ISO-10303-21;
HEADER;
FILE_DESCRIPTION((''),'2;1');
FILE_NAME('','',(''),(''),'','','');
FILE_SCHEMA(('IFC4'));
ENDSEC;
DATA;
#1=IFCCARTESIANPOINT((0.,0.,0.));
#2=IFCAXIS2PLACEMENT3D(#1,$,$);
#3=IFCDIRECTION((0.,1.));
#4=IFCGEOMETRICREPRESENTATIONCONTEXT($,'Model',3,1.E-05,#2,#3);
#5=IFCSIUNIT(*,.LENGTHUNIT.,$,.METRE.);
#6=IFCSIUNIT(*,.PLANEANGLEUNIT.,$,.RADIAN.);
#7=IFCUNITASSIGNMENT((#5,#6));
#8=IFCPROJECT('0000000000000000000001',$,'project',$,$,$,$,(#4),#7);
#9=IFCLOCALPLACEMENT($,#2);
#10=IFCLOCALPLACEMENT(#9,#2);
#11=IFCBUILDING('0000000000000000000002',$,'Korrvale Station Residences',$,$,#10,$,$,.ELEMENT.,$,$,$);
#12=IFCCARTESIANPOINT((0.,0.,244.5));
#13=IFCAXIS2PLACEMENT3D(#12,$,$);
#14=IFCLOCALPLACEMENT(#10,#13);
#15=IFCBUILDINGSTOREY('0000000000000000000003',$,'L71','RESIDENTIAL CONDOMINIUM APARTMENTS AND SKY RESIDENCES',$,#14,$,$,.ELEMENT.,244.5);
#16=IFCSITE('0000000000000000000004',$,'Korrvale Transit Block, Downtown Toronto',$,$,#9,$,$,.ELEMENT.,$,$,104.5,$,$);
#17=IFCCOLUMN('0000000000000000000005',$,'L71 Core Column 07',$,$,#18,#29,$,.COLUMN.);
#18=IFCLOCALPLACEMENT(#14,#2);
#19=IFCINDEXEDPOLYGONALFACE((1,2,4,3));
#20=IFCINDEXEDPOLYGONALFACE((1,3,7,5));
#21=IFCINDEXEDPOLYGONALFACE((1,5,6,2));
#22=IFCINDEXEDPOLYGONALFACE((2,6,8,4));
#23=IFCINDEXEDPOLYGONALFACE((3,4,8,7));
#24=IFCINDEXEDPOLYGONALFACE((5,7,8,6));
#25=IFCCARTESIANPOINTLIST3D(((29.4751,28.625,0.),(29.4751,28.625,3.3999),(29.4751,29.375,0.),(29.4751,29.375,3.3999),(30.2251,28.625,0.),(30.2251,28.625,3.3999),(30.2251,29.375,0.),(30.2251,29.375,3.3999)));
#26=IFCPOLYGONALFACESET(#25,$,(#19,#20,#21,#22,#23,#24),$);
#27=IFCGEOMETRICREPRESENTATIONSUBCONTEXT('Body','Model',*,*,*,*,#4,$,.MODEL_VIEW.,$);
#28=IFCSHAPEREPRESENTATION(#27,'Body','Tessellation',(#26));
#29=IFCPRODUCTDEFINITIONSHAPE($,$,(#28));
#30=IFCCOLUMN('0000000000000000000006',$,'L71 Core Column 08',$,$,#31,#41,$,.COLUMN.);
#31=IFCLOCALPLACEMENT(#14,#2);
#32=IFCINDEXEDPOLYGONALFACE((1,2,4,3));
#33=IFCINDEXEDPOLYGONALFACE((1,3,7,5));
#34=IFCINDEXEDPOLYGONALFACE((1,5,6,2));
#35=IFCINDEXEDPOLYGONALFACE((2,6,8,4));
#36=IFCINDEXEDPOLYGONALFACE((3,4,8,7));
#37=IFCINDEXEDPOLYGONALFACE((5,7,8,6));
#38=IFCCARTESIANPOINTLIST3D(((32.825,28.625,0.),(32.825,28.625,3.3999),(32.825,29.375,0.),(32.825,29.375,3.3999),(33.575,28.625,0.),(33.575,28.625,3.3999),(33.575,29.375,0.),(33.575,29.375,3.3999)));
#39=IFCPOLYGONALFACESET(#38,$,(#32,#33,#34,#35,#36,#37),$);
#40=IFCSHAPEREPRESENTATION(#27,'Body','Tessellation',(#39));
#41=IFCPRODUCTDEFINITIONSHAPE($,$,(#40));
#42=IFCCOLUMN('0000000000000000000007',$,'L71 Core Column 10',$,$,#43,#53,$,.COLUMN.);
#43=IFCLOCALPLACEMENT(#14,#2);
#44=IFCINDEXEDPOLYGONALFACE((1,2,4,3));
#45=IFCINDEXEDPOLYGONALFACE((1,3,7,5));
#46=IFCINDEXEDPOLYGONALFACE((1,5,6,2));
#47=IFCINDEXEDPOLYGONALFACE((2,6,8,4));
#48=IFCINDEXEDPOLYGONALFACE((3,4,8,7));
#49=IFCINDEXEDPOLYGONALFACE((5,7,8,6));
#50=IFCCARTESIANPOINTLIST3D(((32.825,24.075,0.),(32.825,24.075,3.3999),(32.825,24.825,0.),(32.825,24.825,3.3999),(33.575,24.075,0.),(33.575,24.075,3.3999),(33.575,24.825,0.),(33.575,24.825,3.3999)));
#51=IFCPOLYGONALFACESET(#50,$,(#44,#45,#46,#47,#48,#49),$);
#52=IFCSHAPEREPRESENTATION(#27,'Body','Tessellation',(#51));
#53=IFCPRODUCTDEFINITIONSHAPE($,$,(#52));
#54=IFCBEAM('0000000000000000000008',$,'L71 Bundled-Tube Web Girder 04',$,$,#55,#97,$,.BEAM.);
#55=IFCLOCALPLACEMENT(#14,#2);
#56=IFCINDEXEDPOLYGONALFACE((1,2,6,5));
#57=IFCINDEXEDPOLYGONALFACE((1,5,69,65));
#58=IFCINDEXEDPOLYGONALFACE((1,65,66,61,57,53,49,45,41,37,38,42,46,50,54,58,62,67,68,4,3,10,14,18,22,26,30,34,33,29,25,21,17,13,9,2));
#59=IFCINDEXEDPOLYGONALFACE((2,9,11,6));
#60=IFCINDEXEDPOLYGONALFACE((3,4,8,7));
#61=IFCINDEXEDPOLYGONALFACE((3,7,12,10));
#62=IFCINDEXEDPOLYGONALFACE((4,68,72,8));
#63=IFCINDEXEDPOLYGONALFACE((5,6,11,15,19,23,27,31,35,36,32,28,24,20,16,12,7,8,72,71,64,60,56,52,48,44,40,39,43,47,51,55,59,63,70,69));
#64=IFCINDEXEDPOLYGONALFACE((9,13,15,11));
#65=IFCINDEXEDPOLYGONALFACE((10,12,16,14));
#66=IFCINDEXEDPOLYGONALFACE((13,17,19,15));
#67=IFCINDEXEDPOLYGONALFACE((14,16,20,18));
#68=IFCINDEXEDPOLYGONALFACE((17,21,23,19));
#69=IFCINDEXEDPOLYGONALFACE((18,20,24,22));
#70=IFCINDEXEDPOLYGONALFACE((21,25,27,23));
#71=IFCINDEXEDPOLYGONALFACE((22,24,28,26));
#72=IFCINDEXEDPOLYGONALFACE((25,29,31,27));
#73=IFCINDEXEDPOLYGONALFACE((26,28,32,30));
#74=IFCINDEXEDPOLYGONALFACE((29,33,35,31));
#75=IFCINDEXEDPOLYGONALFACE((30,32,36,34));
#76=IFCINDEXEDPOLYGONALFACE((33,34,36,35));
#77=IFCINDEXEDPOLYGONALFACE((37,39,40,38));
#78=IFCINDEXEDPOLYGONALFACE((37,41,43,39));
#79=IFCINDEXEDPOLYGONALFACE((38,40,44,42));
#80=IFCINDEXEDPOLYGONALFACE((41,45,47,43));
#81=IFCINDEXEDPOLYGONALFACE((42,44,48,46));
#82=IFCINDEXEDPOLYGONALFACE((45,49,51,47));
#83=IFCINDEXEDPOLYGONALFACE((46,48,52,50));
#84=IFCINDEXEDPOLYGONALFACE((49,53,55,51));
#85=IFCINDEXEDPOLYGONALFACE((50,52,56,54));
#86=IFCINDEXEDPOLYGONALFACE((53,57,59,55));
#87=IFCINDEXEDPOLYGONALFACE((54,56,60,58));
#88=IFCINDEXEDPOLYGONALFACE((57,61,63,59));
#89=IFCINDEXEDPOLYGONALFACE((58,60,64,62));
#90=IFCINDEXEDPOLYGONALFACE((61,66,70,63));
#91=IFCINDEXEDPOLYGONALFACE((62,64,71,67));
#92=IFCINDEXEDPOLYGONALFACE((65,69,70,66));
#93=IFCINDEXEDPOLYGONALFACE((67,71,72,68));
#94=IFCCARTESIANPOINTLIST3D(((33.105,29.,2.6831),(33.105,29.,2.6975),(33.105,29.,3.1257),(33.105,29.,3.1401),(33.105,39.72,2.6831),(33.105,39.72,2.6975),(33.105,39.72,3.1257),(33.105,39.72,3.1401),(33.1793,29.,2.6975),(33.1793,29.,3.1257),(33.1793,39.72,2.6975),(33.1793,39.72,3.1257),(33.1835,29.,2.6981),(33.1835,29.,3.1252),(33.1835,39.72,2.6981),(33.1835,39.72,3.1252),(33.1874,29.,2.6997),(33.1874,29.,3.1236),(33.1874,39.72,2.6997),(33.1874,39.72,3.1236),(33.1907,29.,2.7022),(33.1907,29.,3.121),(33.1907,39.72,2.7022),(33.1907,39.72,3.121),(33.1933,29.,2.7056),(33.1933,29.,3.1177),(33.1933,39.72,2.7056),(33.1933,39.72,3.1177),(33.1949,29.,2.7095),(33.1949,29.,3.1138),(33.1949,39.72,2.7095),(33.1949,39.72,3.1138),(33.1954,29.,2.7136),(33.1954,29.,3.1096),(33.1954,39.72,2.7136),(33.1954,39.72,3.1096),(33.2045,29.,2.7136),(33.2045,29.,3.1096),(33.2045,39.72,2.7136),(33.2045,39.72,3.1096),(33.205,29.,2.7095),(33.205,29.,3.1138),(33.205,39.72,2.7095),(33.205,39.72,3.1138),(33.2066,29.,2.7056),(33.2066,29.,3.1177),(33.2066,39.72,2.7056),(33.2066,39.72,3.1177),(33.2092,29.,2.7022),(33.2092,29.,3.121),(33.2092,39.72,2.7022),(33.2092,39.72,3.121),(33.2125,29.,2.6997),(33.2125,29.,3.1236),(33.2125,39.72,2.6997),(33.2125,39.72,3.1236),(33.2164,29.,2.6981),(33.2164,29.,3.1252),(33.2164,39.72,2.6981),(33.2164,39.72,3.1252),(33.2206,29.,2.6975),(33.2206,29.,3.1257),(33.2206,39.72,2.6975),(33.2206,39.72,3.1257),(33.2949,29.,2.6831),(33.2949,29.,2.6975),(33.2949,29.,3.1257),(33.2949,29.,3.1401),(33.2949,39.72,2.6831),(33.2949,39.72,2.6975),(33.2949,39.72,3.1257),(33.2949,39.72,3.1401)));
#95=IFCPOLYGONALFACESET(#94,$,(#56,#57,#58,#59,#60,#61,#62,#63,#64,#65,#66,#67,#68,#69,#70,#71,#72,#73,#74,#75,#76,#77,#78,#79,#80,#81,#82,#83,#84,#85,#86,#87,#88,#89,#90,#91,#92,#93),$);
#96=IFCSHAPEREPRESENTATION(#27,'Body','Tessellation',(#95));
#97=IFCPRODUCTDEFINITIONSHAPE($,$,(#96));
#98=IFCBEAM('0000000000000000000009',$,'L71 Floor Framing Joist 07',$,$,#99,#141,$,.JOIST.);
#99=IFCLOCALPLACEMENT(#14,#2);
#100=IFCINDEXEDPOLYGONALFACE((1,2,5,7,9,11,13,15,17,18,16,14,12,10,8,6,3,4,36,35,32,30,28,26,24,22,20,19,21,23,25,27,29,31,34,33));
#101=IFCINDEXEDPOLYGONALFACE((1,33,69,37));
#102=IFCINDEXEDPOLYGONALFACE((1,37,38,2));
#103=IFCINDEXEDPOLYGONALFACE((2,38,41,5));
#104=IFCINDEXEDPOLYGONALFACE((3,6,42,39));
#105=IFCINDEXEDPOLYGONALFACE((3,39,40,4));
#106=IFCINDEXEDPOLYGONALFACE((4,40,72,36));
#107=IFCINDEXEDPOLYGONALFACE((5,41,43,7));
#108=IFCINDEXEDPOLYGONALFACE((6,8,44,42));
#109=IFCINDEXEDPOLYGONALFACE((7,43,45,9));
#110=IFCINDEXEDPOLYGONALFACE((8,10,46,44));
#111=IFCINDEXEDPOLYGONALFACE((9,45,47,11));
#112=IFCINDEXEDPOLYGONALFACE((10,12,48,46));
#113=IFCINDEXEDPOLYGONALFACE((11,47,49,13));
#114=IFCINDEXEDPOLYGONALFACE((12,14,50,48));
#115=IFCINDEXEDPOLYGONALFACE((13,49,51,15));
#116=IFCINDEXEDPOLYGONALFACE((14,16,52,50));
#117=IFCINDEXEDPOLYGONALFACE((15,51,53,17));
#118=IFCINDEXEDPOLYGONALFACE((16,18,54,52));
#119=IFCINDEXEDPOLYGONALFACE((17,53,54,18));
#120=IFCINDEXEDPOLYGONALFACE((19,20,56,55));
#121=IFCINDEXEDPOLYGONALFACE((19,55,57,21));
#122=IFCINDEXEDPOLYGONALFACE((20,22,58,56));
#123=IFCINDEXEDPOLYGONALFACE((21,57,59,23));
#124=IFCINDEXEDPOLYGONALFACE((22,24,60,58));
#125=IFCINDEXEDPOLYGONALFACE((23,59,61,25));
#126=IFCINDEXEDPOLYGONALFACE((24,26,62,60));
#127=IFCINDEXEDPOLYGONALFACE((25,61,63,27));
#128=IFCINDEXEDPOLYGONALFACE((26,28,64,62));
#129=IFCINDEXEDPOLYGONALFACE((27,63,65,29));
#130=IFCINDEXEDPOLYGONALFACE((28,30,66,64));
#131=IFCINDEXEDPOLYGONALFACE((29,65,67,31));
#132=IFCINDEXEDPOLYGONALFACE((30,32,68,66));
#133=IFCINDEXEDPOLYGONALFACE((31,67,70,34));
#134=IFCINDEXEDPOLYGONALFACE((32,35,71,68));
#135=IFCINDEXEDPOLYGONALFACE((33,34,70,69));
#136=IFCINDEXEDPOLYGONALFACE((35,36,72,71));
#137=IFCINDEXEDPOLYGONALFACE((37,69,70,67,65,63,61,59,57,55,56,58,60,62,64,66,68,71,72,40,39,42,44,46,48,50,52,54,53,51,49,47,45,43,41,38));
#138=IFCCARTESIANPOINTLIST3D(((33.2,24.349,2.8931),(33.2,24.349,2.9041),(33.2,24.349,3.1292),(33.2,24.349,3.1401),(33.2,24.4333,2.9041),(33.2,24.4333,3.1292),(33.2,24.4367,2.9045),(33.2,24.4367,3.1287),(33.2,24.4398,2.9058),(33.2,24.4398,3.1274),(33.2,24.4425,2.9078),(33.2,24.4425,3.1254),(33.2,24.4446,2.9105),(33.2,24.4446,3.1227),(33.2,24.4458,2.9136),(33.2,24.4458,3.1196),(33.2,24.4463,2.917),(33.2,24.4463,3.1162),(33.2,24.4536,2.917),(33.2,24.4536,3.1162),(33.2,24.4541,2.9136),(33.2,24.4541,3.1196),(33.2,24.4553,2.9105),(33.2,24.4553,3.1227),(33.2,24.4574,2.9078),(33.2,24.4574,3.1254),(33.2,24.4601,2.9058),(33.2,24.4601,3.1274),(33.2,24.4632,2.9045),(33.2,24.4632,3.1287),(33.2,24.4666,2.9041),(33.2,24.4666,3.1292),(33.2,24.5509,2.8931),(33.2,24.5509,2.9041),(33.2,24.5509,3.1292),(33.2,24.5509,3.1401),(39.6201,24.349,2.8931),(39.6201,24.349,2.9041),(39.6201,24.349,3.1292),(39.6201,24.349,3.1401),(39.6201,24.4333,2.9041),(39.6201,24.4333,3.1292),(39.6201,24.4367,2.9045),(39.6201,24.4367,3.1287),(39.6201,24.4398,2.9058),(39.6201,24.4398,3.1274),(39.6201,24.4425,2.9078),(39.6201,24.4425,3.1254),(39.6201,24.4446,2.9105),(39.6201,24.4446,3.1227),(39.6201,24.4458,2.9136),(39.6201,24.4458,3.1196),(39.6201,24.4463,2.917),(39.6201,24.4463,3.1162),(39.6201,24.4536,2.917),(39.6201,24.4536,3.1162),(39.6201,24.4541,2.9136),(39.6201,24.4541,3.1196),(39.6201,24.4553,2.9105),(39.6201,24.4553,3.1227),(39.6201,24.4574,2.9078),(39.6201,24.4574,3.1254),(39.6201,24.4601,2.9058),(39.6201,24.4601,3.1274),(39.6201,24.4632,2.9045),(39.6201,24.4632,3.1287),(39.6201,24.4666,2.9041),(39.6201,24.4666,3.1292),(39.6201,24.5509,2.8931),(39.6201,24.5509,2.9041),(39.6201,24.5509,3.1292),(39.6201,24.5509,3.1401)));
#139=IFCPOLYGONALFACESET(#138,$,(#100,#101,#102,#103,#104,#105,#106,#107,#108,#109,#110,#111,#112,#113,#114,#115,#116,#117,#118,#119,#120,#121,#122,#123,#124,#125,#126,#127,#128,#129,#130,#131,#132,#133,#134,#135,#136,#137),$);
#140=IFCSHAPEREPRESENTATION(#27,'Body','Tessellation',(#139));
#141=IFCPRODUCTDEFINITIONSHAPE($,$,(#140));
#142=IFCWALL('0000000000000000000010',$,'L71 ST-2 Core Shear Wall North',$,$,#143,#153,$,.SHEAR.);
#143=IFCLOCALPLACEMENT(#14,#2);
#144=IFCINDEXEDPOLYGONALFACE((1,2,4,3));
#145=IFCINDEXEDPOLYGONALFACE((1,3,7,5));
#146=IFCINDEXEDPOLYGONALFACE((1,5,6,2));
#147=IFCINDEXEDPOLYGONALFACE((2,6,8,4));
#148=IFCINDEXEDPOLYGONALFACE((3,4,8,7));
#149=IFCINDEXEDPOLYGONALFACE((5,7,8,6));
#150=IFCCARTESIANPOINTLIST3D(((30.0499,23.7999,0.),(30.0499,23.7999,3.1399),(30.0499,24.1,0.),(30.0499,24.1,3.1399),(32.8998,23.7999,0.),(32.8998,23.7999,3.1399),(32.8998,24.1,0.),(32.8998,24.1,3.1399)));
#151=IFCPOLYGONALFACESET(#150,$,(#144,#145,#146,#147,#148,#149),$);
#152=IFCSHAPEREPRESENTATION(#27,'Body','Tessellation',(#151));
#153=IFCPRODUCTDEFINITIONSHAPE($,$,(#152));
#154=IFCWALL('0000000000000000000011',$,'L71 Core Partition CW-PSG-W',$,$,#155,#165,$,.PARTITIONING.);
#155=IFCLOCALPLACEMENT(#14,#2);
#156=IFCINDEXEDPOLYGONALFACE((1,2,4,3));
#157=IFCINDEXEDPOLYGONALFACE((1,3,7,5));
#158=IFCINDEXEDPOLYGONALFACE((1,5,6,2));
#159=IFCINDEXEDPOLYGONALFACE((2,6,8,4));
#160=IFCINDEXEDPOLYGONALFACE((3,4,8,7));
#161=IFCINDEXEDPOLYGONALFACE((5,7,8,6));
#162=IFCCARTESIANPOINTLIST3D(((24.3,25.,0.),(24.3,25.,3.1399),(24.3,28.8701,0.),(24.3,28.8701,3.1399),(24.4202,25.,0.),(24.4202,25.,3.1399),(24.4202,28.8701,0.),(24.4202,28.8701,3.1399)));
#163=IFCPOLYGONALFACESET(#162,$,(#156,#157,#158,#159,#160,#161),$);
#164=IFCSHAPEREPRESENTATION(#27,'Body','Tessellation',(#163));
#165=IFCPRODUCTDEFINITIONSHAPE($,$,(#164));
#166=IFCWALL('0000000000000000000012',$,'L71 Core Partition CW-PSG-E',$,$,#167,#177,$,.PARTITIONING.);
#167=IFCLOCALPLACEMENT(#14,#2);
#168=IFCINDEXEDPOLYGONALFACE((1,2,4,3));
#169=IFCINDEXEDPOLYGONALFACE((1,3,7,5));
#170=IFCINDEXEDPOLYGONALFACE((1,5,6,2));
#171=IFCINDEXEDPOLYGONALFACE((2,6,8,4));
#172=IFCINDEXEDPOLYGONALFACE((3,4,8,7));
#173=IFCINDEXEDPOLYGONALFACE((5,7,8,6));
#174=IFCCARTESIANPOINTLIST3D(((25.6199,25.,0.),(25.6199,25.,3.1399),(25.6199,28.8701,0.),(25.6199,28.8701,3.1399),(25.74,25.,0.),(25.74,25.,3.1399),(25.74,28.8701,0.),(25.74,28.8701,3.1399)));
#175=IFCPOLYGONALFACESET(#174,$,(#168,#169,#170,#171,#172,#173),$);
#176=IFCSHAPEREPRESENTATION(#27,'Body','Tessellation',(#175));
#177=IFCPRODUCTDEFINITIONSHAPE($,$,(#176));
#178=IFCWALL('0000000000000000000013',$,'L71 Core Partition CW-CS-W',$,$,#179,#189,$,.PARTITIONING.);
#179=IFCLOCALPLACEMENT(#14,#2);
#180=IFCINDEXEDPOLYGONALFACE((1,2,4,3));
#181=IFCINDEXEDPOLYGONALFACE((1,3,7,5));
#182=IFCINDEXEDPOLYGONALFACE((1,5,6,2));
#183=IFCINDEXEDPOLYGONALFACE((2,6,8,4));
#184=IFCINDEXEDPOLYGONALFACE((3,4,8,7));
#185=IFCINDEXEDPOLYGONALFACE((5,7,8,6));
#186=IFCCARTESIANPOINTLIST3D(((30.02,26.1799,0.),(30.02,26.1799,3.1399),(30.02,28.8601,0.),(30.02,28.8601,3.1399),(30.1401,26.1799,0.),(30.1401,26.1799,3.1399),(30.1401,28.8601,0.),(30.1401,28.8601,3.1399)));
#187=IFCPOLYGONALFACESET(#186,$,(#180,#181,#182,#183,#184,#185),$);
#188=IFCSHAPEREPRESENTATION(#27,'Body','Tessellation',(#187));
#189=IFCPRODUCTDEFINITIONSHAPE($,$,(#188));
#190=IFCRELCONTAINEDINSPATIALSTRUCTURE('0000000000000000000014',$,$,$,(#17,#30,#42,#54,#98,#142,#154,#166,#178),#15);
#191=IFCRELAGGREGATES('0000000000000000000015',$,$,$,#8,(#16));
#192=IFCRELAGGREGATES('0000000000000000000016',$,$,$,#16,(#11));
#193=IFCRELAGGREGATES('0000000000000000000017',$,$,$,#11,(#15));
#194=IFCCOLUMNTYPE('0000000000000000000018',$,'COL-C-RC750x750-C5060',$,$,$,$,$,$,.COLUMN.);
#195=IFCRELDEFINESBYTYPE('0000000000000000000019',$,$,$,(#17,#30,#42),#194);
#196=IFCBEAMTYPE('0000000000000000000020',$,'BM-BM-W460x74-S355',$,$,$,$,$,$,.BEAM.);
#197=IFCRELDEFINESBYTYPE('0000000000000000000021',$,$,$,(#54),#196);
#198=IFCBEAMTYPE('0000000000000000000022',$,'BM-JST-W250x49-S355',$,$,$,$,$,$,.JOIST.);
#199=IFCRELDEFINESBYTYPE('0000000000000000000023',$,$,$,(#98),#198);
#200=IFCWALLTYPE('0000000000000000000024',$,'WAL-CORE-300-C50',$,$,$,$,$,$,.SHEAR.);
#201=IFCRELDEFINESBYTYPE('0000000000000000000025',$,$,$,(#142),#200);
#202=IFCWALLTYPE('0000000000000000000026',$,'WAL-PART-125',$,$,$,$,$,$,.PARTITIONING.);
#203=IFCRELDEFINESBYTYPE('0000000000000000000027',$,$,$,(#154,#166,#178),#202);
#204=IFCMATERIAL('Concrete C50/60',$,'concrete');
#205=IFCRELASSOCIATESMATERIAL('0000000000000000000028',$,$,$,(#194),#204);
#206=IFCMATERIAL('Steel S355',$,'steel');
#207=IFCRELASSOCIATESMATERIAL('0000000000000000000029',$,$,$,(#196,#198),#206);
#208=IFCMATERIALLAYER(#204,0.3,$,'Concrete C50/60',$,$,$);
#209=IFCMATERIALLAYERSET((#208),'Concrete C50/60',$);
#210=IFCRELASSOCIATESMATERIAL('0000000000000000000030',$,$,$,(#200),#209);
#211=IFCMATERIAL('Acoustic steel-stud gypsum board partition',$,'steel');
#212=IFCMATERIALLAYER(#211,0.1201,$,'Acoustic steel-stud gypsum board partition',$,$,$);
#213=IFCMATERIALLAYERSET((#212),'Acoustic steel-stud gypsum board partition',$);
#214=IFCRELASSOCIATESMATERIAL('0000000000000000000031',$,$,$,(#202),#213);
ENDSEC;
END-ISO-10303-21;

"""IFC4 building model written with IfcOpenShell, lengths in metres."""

from ifc_helpers import new_model, si_unit, direction, frame, frame_2d, origin, origin_2d, place, context, subcontext, project, spatial, rectangle, i_section, extrude, material, layer, layer_set, material_profile, profile_set, type_object, element, save


model = new_model("IFC4")

# Units and contexts
model_context = context("Model", 3, precision=1e-05, world=origin(), true_north=direction((0.0, 1.0)))
body_context = subcontext(model_context, "Body", "Model", "MODEL_VIEW")
ifc_project = project(units=[si_unit("LENGTHUNIT", "METRE"), si_unit("PLANEANGLEUNIT", "RADIAN")], contexts=[model_context])

# Site, building, storey
site_placement = place(None, origin())
site = spatial("IfcSite", under=ifc_project, at=site_placement, Name="Korrvale Transit Block, Downtown Toronto", CompositionType="ELEMENT", RefElevation=104.5)
building_placement = place(site_placement, origin())
building = spatial("IfcBuilding", under=site, at=building_placement, Name="Korrvale Station Residences", CompositionType="ELEMENT")
storey_placement = place(building_placement, frame((0.0, 0.0, 244.5)))
storey = spatial("IfcBuildingStorey", under=building, at=storey_placement, Name="L71", Description="RESIDENTIAL CONDOMINIUM APARTMENTS AND SKY RESIDENCES", CompositionType="ELEMENT", Elevation=244.5)

# Columns
ifc_material_1 = material(Name="Concrete C50/60", Category="concrete")
ifc_material_profile_1 = material_profile(ifc_material_1, rectangle(XDim=0.75, YDim=0.75, at=origin_2d()), Name="RC750x750")
ifc_profile_set_1 = profile_set([ifc_material_profile_1], Name="Concrete C50/60")
column_type = type_object("IfcColumnType", Name="COL-C-RC750x750-C5060", PredefinedType="COLUMN", material=ifc_profile_set_1)
for number, where, z_axis, x_axis, name in (
    (1, (29.8501, 29.0, 0.0), (0.0, 0.0, 1.0), (1.0, 0.0, 0.0), "L71 Core Column 07"),
    (2, (33.2, 29.0, 0.0), (0.0, 0.0, 1.0), (1.0, 0.0, 0.0), "L71 Core Column 08"),
    (3, (33.2, 24.45, 0.0), (0.0, 0.0, 1.0), (1.0, 0.0, 0.0), "L71 Core Column 10"),
):
    element("IfcColumn", number, at=place(storey_placement, frame(where, z_axis=z_axis, x_axis=x_axis)), inside=storey, type_object=column_type, Name=name, PredefinedType="COLUMN", context=body_context, shape_type="SweptSolid", body=[
        extrude(rectangle(XDim=0.75, YDim=0.75, at=origin_2d()), origin(), (0.0, 0.0, 1.0), 3.3999),
    ])

# Beams
ifc_material_2 = material(Name="Steel S355", Category="steel")
ifc_material_profile_2 = material_profile(ifc_material_2, i_section(OverallWidth=0.1899, OverallDepth=0.457, WebThickness=0.009, FlangeThickness=0.0144, FilletRadius=0.0161, at=origin_2d()), Name="W460x74")
ifc_profile_set_2 = profile_set([ifc_material_profile_2], Name="Steel S355")
beam_type_1 = type_object("IfcBeamType", Name="BM-BM-W460x74-S355", PredefinedType="BEAM", material=ifc_profile_set_2)
beam_1_placement = place(storey_placement, frame((33.2, 29.0, 2.9116), z_axis=(0.0, 1.0, 0.0), x_axis=(-1.0, 0.0, 0.0)))
element("IfcBeam", 4, at=beam_1_placement, inside=storey, type_object=beam_type_1, Name="L71 Bundled-Tube Web Girder 04", PredefinedType="BEAM", context=body_context, shape_type="SweptSolid", body=[
    extrude(i_section(OverallWidth=0.1899, OverallDepth=0.457, WebThickness=0.009, FlangeThickness=0.0144, FilletRadius=0.0161, at=origin_2d()), origin(), (0.0, 0.0, 1.0), 10.72),
])
ifc_material_profile_3 = material_profile(ifc_material_2, i_section(OverallWidth=0.2019, OverallDepth=0.2471, WebThickness=0.0073, FlangeThickness=0.011, FilletRadius=0.0129, at=origin_2d()), Name="W250x49")
ifc_profile_set_3 = profile_set([ifc_material_profile_3], Name="Steel S355")
beam_type_2 = type_object("IfcBeamType", Name="BM-JST-W250x49-S355", PredefinedType="JOIST", material=ifc_profile_set_3)
beam_2_placement = place(storey_placement, frame((33.2, 24.45, 3.0166), z_axis=(1.0, 0.0, 0.0), x_axis=(0.0, 1.0, 0.0)))
element("IfcBeam", 5, at=beam_2_placement, inside=storey, type_object=beam_type_2, Name="L71 Floor Framing Joist 07", PredefinedType="JOIST", context=body_context, shape_type="SweptSolid", body=[
    extrude(i_section(OverallWidth=0.2019, OverallDepth=0.2471, WebThickness=0.0073, FlangeThickness=0.011, FilletRadius=0.0129, at=origin_2d()), origin(), (0.0, 0.0, 1.0), 6.4202),
])

# Walls
ifc_layer_1 = layer(ifc_material_1, 0.3, Name="Concrete C50/60")
ifc_layer_set_1 = layer_set([ifc_layer_1], Name="Concrete C50/60")
wall_type_1 = type_object("IfcWallType", Name="WAL-CORE-300-C50", PredefinedType="SHEAR", material=ifc_layer_set_1)
wall_1_placement = place(storey_placement, frame((30.05, 23.95, 0.0), z_axis=(0.0, 0.0, 1.0), x_axis=(1.0, 0.0, 0.0)))
element("IfcWall", 6, at=wall_1_placement, inside=storey, type_object=wall_type_1, Name="L71 ST-2 Core Shear Wall North", PredefinedType="SHEAR", context=body_context, shape_type="SweptSolid", body=[
    extrude(rectangle(XDim=2.8499, YDim=0.3, at=frame_2d((1.4248, 0.0))), origin(), (0.0, 0.0, 1.0), 3.1399),
])
ifc_material_3 = material(Name="Acoustic steel-stud gypsum board partition", Category="steel")
ifc_layer_2 = layer(ifc_material_3, 0.1201, Name="Acoustic steel-stud gypsum board partition")
ifc_layer_set_2 = layer_set([ifc_layer_2], Name="Acoustic steel-stud gypsum board partition")
wall_type_2 = type_object("IfcWallType", Name="WAL-PART-125", PredefinedType="PARTITIONING", material=ifc_layer_set_2)
for number, where, z_axis, x_axis, name in (
    (7, (24.3601, 25.0, 0.0), (0.0, 0.0, 1.0), (0.0, 1.0, 0.0), "L71 Core Partition CW-PSG-W"),
    (8, (25.6799, 25.0, 0.0), (0.0, 0.0, 1.0), (0.0, 1.0, 0.0), "L71 Core Partition CW-PSG-E"),
):
    element("IfcWall", number, at=place(storey_placement, frame(where, z_axis=z_axis, x_axis=x_axis)), inside=storey, type_object=wall_type_2, Name=name, PredefinedType="PARTITIONING", context=body_context, shape_type="SweptSolid", body=[
        extrude(rectangle(XDim=3.8701, YDim=0.1201, at=frame_2d((1.9351, 0.0))), origin(), (0.0, 0.0, 1.0), 3.1399),
    ])
wall_2_placement = place(storey_placement, frame((30.0801, 26.1799, 0.0), z_axis=(0.0, 0.0, 1.0), x_axis=(0.0, 1.0, 0.0)))
element("IfcWall", 9, at=wall_2_placement, inside=storey, type_object=wall_type_2, Name="L71 Core Partition CW-CS-W", PredefinedType="PARTITIONING", context=body_context, shape_type="SweptSolid", body=[
    extrude(rectangle(XDim=2.6802, YDim=0.1201, at=frame_2d((1.3401, 0.0))), origin(), (0.0, 0.0, 1.0), 3.1399),
])

save(model, "model.ifc")
